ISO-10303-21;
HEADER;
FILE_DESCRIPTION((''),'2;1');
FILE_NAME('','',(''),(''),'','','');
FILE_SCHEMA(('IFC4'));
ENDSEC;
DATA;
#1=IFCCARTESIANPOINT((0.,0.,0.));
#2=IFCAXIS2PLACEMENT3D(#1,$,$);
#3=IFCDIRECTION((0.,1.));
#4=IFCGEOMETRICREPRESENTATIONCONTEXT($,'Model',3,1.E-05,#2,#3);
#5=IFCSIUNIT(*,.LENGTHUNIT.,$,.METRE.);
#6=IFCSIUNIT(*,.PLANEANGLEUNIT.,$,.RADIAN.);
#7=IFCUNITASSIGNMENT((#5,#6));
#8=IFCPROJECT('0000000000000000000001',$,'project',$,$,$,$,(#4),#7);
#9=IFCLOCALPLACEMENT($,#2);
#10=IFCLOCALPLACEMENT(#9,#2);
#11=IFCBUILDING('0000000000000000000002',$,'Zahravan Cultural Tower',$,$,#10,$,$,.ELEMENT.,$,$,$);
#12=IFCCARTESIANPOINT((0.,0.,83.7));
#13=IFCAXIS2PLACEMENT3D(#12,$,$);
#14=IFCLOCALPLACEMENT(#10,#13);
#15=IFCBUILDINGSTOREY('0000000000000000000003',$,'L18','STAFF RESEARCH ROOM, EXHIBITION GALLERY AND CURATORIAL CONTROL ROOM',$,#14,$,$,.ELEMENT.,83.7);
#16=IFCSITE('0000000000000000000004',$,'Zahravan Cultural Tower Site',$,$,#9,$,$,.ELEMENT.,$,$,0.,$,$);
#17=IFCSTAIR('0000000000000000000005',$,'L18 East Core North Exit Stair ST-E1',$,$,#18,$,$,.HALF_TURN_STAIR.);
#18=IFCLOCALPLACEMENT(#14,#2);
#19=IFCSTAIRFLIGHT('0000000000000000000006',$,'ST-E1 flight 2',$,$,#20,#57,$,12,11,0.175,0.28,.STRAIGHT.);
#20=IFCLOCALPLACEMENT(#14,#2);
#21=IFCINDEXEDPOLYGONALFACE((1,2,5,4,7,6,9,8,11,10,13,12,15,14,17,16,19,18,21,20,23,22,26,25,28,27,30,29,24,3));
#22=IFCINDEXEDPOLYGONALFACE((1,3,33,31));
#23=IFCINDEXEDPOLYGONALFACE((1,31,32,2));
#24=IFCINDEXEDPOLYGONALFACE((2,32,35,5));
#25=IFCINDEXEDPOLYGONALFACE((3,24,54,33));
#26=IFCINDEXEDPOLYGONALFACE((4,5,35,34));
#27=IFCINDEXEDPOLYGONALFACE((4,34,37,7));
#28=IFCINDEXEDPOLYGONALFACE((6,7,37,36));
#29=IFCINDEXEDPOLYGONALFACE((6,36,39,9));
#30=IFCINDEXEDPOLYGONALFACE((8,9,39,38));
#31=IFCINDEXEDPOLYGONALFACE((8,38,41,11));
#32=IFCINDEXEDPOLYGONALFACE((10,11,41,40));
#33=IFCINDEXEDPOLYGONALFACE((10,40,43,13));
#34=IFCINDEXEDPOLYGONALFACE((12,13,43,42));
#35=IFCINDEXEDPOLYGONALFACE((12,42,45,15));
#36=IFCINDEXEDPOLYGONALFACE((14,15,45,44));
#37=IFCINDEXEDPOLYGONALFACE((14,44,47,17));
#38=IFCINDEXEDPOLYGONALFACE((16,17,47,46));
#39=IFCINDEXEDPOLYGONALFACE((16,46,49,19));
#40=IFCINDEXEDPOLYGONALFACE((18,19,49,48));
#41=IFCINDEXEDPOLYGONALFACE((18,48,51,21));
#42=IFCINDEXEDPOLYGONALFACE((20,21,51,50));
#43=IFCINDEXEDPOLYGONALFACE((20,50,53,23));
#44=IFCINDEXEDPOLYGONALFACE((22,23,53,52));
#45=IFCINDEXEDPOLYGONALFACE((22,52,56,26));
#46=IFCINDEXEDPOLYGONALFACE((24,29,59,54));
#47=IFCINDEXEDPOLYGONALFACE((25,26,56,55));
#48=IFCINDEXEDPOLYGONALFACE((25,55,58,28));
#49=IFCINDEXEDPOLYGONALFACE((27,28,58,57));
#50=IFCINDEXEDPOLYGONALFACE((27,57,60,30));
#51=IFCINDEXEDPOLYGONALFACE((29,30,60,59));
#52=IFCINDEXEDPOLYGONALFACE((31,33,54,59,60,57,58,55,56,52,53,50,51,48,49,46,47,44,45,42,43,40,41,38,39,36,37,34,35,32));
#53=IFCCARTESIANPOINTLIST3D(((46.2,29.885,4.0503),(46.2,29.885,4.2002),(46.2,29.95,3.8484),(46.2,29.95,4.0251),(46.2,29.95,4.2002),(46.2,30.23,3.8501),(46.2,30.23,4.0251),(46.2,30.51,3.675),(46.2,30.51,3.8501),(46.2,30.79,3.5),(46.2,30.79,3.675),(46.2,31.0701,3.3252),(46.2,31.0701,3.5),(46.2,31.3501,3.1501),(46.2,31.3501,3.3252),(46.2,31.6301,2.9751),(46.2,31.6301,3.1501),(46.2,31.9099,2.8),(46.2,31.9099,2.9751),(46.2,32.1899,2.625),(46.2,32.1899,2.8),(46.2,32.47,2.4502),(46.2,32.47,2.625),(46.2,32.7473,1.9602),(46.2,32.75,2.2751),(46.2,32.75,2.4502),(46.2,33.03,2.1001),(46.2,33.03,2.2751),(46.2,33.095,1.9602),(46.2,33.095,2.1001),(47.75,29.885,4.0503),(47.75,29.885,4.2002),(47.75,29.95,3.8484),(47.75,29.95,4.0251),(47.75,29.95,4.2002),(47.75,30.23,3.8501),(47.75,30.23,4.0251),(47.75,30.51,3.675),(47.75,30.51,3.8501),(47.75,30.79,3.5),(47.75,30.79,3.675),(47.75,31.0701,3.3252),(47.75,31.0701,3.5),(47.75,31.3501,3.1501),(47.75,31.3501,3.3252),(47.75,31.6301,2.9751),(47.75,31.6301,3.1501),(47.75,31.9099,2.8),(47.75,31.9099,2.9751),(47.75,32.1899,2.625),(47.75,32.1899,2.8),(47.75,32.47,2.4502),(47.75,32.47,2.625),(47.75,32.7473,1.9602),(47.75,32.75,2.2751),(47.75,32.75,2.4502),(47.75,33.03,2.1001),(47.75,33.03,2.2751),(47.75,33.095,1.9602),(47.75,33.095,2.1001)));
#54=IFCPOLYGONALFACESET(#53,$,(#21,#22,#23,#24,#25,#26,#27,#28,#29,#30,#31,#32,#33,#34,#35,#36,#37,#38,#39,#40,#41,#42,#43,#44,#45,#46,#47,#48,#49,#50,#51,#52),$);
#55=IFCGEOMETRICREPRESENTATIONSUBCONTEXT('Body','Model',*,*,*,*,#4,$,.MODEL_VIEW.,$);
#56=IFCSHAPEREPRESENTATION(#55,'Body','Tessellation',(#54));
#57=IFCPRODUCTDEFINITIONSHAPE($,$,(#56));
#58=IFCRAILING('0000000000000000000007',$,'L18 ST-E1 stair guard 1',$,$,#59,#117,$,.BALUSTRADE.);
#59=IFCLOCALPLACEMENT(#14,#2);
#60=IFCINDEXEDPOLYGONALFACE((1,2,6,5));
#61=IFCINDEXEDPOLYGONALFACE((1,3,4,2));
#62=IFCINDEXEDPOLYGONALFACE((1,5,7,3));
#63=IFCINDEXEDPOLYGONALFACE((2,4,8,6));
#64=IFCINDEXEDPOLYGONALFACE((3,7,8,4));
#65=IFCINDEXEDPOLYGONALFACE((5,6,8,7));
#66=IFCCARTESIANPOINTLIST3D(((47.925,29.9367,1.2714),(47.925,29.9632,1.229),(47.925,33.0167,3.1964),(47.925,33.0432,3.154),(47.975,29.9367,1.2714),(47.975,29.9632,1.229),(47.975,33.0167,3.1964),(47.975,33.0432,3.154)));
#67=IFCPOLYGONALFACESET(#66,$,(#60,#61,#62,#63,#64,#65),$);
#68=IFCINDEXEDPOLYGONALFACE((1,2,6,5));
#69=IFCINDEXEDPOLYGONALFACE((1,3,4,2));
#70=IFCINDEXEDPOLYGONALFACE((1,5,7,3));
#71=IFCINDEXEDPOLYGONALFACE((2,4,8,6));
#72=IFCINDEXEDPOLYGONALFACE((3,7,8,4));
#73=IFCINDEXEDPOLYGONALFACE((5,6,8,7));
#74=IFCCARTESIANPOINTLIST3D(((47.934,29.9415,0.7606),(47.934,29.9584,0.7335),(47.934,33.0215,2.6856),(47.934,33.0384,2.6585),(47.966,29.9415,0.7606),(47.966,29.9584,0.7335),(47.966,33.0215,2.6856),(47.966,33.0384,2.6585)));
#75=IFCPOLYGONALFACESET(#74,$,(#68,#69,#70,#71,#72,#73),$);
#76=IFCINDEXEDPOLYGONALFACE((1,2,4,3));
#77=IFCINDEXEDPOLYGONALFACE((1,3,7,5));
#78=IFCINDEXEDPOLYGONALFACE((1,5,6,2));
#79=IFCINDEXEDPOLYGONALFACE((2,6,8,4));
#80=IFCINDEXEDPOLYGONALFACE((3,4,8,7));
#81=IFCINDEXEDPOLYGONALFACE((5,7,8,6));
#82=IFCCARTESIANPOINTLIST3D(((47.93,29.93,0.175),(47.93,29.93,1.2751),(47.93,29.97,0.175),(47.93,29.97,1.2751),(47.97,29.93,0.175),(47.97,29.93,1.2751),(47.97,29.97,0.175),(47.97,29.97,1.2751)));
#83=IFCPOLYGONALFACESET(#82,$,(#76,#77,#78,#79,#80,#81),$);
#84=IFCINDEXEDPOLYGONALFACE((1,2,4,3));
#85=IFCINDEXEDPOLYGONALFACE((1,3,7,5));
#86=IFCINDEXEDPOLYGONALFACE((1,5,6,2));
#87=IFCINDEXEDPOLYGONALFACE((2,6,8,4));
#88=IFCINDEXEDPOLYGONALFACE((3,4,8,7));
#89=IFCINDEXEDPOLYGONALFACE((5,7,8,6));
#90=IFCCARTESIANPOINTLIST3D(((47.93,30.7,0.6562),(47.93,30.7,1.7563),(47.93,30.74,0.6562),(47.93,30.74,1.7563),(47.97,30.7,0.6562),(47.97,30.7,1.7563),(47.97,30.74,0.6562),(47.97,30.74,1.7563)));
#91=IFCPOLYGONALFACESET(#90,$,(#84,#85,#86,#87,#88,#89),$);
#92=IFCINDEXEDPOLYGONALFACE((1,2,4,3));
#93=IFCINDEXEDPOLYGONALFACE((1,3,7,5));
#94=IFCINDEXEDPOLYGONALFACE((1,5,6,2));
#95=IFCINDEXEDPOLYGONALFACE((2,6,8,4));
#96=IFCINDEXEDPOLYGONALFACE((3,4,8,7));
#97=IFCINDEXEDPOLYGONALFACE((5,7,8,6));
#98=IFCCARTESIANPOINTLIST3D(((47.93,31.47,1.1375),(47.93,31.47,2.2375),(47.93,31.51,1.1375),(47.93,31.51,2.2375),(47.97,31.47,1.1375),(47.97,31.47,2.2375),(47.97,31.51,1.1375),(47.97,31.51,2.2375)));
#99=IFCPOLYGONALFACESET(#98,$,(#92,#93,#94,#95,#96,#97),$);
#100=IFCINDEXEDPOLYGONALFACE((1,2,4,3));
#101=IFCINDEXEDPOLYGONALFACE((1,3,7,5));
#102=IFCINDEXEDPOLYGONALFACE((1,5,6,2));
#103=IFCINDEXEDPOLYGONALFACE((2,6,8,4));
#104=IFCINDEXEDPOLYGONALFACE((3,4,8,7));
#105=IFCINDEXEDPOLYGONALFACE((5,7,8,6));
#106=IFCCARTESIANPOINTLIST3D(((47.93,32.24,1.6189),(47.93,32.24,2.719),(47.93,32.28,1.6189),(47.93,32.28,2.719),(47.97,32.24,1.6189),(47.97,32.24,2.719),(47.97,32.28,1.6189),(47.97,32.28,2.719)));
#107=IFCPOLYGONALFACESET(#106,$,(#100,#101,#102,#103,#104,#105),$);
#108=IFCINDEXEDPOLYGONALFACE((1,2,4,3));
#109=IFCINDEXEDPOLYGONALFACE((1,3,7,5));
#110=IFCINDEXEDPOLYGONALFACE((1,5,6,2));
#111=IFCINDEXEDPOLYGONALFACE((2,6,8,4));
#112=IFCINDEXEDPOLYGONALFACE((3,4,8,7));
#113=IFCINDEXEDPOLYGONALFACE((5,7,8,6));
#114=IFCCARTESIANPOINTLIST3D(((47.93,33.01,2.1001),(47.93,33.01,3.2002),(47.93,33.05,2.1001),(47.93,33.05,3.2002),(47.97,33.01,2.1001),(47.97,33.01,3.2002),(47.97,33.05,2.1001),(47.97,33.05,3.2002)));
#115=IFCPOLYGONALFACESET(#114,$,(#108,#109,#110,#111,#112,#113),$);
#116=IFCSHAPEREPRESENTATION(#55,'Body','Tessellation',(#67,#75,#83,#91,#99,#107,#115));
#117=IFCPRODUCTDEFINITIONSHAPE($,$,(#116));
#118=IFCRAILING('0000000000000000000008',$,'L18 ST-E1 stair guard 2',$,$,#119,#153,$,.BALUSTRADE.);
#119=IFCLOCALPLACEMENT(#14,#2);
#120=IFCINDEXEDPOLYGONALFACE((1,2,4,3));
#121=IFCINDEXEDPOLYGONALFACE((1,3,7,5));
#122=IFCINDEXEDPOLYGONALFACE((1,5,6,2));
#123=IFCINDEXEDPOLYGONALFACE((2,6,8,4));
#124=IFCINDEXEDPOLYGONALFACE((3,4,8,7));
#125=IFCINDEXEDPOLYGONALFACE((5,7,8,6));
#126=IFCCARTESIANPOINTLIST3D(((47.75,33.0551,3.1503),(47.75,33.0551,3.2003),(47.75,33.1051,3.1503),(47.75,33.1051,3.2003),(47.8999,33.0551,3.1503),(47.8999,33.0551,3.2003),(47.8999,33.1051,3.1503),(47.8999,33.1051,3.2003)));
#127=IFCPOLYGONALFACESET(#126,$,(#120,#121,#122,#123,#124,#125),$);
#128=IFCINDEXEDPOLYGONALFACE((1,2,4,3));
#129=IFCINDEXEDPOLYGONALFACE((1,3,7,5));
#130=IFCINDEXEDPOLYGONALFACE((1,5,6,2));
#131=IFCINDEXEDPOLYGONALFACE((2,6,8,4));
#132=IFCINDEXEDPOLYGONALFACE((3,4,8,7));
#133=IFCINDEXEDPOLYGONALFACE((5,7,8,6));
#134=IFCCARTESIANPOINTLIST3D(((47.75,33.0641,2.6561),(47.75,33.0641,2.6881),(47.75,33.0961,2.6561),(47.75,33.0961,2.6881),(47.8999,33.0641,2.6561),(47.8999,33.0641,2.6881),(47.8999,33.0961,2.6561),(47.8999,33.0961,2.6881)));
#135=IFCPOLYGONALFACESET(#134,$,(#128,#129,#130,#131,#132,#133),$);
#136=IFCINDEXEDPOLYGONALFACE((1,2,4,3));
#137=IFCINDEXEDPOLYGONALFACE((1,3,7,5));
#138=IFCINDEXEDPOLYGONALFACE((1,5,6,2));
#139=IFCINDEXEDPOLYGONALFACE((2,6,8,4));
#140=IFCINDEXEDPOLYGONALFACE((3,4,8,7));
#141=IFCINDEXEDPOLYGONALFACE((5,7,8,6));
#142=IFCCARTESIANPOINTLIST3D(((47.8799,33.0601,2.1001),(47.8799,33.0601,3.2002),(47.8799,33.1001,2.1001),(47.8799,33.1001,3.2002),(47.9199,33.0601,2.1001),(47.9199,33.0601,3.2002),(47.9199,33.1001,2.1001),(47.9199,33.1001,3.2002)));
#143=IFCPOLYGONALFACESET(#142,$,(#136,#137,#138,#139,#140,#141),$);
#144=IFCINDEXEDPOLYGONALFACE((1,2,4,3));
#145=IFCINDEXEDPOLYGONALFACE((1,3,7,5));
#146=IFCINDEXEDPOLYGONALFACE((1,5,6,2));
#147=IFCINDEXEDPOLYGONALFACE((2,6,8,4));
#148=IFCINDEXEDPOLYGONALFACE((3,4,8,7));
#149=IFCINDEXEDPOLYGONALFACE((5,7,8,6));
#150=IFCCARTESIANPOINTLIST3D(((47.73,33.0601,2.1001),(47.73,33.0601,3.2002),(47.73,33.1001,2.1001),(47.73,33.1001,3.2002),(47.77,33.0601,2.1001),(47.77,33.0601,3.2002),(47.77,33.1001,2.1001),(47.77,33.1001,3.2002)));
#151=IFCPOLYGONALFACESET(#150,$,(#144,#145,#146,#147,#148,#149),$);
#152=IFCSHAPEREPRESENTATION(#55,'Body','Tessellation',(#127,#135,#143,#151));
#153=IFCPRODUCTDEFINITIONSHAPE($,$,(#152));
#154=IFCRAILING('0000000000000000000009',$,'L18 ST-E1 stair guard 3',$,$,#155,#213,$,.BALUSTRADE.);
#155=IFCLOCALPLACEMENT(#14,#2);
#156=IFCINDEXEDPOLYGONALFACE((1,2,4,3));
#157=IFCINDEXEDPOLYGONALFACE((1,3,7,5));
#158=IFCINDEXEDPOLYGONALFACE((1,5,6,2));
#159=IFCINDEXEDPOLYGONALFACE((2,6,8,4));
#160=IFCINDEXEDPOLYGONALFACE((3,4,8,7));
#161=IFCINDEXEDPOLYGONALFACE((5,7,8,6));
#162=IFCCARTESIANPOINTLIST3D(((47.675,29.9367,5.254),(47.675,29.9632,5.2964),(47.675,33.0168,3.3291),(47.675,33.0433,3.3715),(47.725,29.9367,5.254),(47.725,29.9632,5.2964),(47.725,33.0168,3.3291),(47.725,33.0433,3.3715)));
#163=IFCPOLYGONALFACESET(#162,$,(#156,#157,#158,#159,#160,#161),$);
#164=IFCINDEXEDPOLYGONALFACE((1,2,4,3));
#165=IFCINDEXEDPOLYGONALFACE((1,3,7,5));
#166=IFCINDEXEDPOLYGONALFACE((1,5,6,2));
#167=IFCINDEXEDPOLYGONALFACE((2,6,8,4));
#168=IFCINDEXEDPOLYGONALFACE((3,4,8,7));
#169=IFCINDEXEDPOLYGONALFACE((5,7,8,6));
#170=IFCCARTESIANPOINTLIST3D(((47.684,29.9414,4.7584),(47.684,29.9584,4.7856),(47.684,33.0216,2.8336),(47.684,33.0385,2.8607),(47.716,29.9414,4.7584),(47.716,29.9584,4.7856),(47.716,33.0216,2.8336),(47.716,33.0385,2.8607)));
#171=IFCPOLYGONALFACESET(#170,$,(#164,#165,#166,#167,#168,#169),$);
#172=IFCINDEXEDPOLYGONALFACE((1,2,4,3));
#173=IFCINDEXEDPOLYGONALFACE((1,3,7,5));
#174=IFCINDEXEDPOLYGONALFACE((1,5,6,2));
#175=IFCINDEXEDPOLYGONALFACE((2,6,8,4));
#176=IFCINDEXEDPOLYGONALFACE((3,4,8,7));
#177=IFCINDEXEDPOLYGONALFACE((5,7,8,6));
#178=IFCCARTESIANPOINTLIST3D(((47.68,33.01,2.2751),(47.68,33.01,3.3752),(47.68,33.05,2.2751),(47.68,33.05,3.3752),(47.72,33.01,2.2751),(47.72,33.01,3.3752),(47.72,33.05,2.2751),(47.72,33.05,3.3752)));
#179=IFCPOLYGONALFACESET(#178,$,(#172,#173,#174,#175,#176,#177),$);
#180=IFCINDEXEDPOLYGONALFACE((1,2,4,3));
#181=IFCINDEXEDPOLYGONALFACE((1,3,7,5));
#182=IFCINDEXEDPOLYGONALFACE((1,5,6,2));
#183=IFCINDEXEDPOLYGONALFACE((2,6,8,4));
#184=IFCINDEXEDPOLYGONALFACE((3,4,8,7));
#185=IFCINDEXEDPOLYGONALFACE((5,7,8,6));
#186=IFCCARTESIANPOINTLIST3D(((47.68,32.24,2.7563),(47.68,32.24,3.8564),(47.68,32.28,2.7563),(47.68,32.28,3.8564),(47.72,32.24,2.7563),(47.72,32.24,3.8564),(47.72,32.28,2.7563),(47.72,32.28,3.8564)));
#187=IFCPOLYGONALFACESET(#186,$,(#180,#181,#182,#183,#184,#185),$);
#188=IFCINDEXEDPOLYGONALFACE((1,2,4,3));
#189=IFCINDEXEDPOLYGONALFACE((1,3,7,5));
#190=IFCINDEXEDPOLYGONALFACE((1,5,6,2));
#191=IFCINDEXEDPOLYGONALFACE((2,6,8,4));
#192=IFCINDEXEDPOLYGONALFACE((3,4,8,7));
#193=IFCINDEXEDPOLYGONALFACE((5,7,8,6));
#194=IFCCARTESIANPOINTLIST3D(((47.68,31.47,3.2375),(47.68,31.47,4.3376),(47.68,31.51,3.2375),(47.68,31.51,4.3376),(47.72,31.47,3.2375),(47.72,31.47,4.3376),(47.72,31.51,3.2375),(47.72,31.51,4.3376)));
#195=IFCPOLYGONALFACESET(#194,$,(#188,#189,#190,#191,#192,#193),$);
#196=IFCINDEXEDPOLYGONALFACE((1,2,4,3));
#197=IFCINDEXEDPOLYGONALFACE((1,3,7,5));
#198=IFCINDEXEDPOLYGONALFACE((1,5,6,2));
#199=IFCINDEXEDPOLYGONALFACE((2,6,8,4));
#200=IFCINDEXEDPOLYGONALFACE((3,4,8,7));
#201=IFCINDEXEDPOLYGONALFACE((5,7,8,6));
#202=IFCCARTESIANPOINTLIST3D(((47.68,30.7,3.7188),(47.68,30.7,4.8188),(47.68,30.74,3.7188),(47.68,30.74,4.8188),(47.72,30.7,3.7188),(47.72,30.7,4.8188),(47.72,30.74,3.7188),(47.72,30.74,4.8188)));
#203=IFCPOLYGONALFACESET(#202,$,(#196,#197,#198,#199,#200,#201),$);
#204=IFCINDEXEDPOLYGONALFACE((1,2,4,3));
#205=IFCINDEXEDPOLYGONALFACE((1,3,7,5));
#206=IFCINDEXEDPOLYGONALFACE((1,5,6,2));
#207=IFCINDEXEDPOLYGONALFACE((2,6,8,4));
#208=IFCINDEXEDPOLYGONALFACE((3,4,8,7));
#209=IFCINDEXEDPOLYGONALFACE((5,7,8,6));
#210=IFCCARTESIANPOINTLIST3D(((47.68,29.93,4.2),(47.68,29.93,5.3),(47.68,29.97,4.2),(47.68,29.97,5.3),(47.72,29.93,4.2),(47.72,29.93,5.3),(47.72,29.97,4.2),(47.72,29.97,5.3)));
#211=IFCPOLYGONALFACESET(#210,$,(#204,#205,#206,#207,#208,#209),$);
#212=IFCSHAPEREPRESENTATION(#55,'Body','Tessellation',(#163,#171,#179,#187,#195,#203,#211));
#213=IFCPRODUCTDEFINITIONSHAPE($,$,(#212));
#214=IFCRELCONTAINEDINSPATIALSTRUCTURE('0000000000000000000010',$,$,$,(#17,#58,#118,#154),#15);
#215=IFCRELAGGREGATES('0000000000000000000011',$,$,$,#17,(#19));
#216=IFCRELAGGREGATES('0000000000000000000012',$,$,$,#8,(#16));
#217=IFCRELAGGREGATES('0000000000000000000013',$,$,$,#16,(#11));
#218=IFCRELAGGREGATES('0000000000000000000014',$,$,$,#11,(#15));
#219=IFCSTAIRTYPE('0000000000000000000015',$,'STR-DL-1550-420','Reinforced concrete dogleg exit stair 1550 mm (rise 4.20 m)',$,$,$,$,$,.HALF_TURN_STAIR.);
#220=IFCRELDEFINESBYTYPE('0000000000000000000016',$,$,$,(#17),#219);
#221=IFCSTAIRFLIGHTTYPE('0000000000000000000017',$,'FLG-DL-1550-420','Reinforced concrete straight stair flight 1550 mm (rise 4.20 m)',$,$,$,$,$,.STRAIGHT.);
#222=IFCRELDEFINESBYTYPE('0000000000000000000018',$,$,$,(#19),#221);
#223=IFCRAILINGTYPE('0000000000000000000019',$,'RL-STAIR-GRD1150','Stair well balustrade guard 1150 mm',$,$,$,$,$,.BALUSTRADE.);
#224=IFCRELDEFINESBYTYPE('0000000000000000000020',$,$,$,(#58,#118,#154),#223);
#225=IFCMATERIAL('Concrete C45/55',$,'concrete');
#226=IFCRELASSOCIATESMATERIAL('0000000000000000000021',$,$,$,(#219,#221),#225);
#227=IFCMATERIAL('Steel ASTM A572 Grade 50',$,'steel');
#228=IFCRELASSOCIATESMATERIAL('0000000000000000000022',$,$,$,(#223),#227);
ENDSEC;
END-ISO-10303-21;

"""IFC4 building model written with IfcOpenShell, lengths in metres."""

from ifc_helpers import new_model, si_unit, direction, frame, origin, origin_2d, place, context, subcontext, project, spatial, polyline, rectangle, outline, extrude, material, type_object, element, aggregate, save


model = new_model("IFC4")

# Units and contexts
model_context = context("Model", 3, precision=1e-05, world=origin(), true_north=direction((0.0, 1.0)))
body_context = subcontext(model_context, "Body", "Model", "MODEL_VIEW")
ifc_project = project(units=[si_unit("LENGTHUNIT", "METRE"), si_unit("PLANEANGLEUNIT", "RADIAN")], contexts=[model_context])

# Site, building, storey
site_placement = place(None, origin())
site = spatial("IfcSite", under=ifc_project, at=site_placement, Name="Zahravan Cultural Tower Site", CompositionType="ELEMENT", RefElevation=0.0)
building_placement = place(site_placement, origin())
building = spatial("IfcBuilding", under=site, at=building_placement, Name="Zahravan Cultural Tower", CompositionType="ELEMENT")
storey_placement = place(building_placement, frame((0.0, 0.0, 83.7)))
storey = spatial("IfcBuildingStorey", under=building, at=storey_placement, Name="L18", Description="STAFF RESEARCH ROOM, EXHIBITION GALLERY AND CURATORIAL CONTROL ROOM", CompositionType="ELEMENT", Elevation=83.7)

# Shared definitions
ifc_material_1 = material(Name="Concrete C45/55", Category="concrete")
ifc_material_2 = material(Name="Steel ASTM A572 Grade 50", Category="steel")

# Stair, stair flight
stair_type = type_object("IfcStairType", Name="STR-DL-1550-420", Description="Reinforced concrete dogleg exit stair 1550 mm (rise 4.20 m)", PredefinedType="HALF_TURN_STAIR", material=ifc_material_1)
stair_placement = place(storey_placement, origin())
stair = element("IfcStair", 1, at=stair_placement, inside=storey, type_object=stair_type, Name="L18 East Core North Exit Stair ST-E1", PredefinedType="HALF_TURN_STAIR")
stair_flight_type = type_object("IfcStairFlightType", Name="FLG-DL-1550-420", Description="Reinforced concrete straight stair flight 1550 mm (rise 4.20 m)", PredefinedType="STRAIGHT", material=ifc_material_1)
stair_flight_1_placement = place(storey_placement, frame((46.9751, 33.03, 2.1001), z_axis=(0.0, 0.0, 1.0), x_axis=(0.0, -1.0, 0.0)))
stair_flight_1 = element("IfcStairFlight", 2, at=stair_flight_1_placement, type_object=stair_flight_type, Name="ST-E1 flight 2", NumberOfRisers=12, NumberOfTreads=11, PredefinedType="STRAIGHT", RiserHeight=0.175, TreadLength=0.28, context=body_context, shape_type="SweptSolid", body=[
    extrude(outline(polyline([(-0.0649, -0.1399), (-0.0649, 0.0), (0.0, 0.0), (0.0, 0.175), (0.28, 0.175), (0.28, 0.3501), (0.5601, 0.3501), (0.5601, 0.5249), (0.8401, 0.5249), (0.8401, 0.7), (1.1201, 0.7), (1.1201, 0.875), (1.3999, 0.875), (1.3999, 1.05), (1.6799, 1.05), (1.6799, 1.2251), (1.96, 1.2251), (1.96, 1.3999), (2.24, 1.3999), (2.24, 1.575), (2.52, 1.575), (2.52, 1.75), (2.8, 1.75), (2.8, 1.925), (3.0801, 1.925), (3.0801, 2.1001), (3.145, 2.1001), (3.145, 1.9502), (3.0801, 1.7483), (0.2827, -0.1399), (-0.0649, -0.1399)])), frame((0.0, 0.7749, 0.0), z_axis=(0.0, -1.0, 0.0), x_axis=(1.0, 0.0, 0.0)), (0.0, 0.0, 1.0), 1.55),
])
aggregate(stair, [stair_flight_1])

# Railings
railing_type_1 = type_object("IfcRailingType", Name="RL-STAIR-GRD1150", Description="Stair well balustrade guard 1150 mm", PredefinedType="BALUSTRADE", material=ifc_material_2)
railing_1_placement = place(storey_placement, frame((47.95, 29.95, 0.175)))
element("IfcRailing", 3, at=railing_1_placement, inside=storey, type_object=railing_type_1, Name="L18 ST-E1 stair guard 1", PredefinedType="BALUSTRADE", context=body_context, shape_type="SweptSolid", body=[
    extrude(rectangle(XDim=0.05, YDim=0.05, at=origin_2d()), frame((0.0, 0.0, 1.0752), z_axis=(0.0, 0.847998, 0.529999), x_axis=(-1.0, 0.0, 0.0)), (0.0, 0.0, 1.0), 3.6321),
    extrude(rectangle(XDim=0.032, YDim=0.032, at=origin_2d()), frame((0.0, 0.0, 0.572), z_axis=(0.0, 0.847998, 0.529999), x_axis=(-1.0, 0.0, 0.0)), (0.0, 0.0, 1.0), 3.6321),
    extrude(rectangle(XDim=0.04, YDim=0.04, at=origin_2d()), origin(), (0.0, 0.0, 1.0), 1.1001),
    extrude(rectangle(XDim=0.04, YDim=0.04, at=origin_2d()), frame((0.0, 0.77, 0.4812)), (0.0, 0.0, 1.0), 1.1001),
    extrude(rectangle(XDim=0.04, YDim=0.04, at=origin_2d()), frame((0.0, 1.54, 0.9624)), (0.0, 0.0, 1.0), 1.1001),
    extrude(rectangle(XDim=0.04, YDim=0.04, at=origin_2d()), frame((0.0, 2.3101, 1.4438)), (0.0, 0.0, 1.0), 1.1001),
    extrude(rectangle(XDim=0.04, YDim=0.04, at=origin_2d()), frame((0.0, 3.0801, 1.925)), (0.0, 0.0, 1.0), 1.1001),
])
railing_2_placement = place(storey_placement, frame((47.8999, 33.0801, 2.1001)))
element("IfcRailing", 4, at=railing_2_placement, inside=storey, type_object=railing_type_1, Name="L18 ST-E1 stair guard 2", PredefinedType="BALUSTRADE", context=body_context, shape_type="SweptSolid", body=[
    extrude(rectangle(XDim=0.05, YDim=0.05, at=origin_2d()), frame((0.0, 0.0, 1.0752), z_axis=(-1.0, 0.0, 0.0), x_axis=(0.0, -1.0, 0.0)), (0.0, 0.0, 1.0), 0.1499),
    extrude(rectangle(XDim=0.032, YDim=0.032, at=origin_2d()), frame((0.0, 0.0, 0.572), z_axis=(-1.0, 0.0, 0.0), x_axis=(0.0, -1.0, 0.0)), (0.0, 0.0, 1.0), 0.1499),
    extrude(rectangle(XDim=0.04, YDim=0.04, at=origin_2d()), origin(), (0.0, 0.0, 1.0), 1.1001),
    extrude(rectangle(XDim=0.04, YDim=0.04, at=origin_2d()), frame((-0.1499, 0.0, 0.0)), (0.0, 0.0, 1.0), 1.1001),
])
railing_3_placement = place(storey_placement, frame((47.7, 33.03, 2.2751)))
element("IfcRailing", 5, at=railing_3_placement, inside=storey, type_object=railing_type_1, Name="L18 ST-E1 stair guard 3", PredefinedType="BALUSTRADE", context=body_context, shape_type="SweptSolid", body=[
    extrude(rectangle(XDim=0.05, YDim=0.05, at=origin_2d()), frame((0.0, 0.0, 1.0752), z_axis=(0.0, -0.848029, 0.529951), x_axis=(1.0, 0.0, 0.0)), (0.0, 0.0, 1.0), 3.6321),
    extrude(rectangle(XDim=0.032, YDim=0.032, at=origin_2d()), frame((0.0, 0.0, 0.572), z_axis=(0.0, -0.848029, 0.529951), x_axis=(1.0, 0.0, 0.0)), (0.0, 0.0, 1.0), 3.6321),
    extrude(rectangle(XDim=0.04, YDim=0.04, at=origin_2d()), origin(), (0.0, 0.0, 1.0), 1.1001),
    extrude(rectangle(XDim=0.04, YDim=0.04, at=origin_2d()), frame((0.0, -0.77, 0.4812)), (0.0, 0.0, 1.0), 1.1001),
    extrude(rectangle(XDim=0.04, YDim=0.04, at=origin_2d()), frame((0.0, -1.54, 0.9624)), (0.0, 0.0, 1.0), 1.1001),
    extrude(rectangle(XDim=0.04, YDim=0.04, at=origin_2d()), frame((0.0, -2.3101, 1.4436)), (0.0, 0.0, 1.0), 1.1001),
    extrude(rectangle(XDim=0.04, YDim=0.04, at=origin_2d()), frame((0.0, -3.0801, 1.9248)), (0.0, 0.0, 1.0), 1.1001),
])

save(model, "model.ifc")
